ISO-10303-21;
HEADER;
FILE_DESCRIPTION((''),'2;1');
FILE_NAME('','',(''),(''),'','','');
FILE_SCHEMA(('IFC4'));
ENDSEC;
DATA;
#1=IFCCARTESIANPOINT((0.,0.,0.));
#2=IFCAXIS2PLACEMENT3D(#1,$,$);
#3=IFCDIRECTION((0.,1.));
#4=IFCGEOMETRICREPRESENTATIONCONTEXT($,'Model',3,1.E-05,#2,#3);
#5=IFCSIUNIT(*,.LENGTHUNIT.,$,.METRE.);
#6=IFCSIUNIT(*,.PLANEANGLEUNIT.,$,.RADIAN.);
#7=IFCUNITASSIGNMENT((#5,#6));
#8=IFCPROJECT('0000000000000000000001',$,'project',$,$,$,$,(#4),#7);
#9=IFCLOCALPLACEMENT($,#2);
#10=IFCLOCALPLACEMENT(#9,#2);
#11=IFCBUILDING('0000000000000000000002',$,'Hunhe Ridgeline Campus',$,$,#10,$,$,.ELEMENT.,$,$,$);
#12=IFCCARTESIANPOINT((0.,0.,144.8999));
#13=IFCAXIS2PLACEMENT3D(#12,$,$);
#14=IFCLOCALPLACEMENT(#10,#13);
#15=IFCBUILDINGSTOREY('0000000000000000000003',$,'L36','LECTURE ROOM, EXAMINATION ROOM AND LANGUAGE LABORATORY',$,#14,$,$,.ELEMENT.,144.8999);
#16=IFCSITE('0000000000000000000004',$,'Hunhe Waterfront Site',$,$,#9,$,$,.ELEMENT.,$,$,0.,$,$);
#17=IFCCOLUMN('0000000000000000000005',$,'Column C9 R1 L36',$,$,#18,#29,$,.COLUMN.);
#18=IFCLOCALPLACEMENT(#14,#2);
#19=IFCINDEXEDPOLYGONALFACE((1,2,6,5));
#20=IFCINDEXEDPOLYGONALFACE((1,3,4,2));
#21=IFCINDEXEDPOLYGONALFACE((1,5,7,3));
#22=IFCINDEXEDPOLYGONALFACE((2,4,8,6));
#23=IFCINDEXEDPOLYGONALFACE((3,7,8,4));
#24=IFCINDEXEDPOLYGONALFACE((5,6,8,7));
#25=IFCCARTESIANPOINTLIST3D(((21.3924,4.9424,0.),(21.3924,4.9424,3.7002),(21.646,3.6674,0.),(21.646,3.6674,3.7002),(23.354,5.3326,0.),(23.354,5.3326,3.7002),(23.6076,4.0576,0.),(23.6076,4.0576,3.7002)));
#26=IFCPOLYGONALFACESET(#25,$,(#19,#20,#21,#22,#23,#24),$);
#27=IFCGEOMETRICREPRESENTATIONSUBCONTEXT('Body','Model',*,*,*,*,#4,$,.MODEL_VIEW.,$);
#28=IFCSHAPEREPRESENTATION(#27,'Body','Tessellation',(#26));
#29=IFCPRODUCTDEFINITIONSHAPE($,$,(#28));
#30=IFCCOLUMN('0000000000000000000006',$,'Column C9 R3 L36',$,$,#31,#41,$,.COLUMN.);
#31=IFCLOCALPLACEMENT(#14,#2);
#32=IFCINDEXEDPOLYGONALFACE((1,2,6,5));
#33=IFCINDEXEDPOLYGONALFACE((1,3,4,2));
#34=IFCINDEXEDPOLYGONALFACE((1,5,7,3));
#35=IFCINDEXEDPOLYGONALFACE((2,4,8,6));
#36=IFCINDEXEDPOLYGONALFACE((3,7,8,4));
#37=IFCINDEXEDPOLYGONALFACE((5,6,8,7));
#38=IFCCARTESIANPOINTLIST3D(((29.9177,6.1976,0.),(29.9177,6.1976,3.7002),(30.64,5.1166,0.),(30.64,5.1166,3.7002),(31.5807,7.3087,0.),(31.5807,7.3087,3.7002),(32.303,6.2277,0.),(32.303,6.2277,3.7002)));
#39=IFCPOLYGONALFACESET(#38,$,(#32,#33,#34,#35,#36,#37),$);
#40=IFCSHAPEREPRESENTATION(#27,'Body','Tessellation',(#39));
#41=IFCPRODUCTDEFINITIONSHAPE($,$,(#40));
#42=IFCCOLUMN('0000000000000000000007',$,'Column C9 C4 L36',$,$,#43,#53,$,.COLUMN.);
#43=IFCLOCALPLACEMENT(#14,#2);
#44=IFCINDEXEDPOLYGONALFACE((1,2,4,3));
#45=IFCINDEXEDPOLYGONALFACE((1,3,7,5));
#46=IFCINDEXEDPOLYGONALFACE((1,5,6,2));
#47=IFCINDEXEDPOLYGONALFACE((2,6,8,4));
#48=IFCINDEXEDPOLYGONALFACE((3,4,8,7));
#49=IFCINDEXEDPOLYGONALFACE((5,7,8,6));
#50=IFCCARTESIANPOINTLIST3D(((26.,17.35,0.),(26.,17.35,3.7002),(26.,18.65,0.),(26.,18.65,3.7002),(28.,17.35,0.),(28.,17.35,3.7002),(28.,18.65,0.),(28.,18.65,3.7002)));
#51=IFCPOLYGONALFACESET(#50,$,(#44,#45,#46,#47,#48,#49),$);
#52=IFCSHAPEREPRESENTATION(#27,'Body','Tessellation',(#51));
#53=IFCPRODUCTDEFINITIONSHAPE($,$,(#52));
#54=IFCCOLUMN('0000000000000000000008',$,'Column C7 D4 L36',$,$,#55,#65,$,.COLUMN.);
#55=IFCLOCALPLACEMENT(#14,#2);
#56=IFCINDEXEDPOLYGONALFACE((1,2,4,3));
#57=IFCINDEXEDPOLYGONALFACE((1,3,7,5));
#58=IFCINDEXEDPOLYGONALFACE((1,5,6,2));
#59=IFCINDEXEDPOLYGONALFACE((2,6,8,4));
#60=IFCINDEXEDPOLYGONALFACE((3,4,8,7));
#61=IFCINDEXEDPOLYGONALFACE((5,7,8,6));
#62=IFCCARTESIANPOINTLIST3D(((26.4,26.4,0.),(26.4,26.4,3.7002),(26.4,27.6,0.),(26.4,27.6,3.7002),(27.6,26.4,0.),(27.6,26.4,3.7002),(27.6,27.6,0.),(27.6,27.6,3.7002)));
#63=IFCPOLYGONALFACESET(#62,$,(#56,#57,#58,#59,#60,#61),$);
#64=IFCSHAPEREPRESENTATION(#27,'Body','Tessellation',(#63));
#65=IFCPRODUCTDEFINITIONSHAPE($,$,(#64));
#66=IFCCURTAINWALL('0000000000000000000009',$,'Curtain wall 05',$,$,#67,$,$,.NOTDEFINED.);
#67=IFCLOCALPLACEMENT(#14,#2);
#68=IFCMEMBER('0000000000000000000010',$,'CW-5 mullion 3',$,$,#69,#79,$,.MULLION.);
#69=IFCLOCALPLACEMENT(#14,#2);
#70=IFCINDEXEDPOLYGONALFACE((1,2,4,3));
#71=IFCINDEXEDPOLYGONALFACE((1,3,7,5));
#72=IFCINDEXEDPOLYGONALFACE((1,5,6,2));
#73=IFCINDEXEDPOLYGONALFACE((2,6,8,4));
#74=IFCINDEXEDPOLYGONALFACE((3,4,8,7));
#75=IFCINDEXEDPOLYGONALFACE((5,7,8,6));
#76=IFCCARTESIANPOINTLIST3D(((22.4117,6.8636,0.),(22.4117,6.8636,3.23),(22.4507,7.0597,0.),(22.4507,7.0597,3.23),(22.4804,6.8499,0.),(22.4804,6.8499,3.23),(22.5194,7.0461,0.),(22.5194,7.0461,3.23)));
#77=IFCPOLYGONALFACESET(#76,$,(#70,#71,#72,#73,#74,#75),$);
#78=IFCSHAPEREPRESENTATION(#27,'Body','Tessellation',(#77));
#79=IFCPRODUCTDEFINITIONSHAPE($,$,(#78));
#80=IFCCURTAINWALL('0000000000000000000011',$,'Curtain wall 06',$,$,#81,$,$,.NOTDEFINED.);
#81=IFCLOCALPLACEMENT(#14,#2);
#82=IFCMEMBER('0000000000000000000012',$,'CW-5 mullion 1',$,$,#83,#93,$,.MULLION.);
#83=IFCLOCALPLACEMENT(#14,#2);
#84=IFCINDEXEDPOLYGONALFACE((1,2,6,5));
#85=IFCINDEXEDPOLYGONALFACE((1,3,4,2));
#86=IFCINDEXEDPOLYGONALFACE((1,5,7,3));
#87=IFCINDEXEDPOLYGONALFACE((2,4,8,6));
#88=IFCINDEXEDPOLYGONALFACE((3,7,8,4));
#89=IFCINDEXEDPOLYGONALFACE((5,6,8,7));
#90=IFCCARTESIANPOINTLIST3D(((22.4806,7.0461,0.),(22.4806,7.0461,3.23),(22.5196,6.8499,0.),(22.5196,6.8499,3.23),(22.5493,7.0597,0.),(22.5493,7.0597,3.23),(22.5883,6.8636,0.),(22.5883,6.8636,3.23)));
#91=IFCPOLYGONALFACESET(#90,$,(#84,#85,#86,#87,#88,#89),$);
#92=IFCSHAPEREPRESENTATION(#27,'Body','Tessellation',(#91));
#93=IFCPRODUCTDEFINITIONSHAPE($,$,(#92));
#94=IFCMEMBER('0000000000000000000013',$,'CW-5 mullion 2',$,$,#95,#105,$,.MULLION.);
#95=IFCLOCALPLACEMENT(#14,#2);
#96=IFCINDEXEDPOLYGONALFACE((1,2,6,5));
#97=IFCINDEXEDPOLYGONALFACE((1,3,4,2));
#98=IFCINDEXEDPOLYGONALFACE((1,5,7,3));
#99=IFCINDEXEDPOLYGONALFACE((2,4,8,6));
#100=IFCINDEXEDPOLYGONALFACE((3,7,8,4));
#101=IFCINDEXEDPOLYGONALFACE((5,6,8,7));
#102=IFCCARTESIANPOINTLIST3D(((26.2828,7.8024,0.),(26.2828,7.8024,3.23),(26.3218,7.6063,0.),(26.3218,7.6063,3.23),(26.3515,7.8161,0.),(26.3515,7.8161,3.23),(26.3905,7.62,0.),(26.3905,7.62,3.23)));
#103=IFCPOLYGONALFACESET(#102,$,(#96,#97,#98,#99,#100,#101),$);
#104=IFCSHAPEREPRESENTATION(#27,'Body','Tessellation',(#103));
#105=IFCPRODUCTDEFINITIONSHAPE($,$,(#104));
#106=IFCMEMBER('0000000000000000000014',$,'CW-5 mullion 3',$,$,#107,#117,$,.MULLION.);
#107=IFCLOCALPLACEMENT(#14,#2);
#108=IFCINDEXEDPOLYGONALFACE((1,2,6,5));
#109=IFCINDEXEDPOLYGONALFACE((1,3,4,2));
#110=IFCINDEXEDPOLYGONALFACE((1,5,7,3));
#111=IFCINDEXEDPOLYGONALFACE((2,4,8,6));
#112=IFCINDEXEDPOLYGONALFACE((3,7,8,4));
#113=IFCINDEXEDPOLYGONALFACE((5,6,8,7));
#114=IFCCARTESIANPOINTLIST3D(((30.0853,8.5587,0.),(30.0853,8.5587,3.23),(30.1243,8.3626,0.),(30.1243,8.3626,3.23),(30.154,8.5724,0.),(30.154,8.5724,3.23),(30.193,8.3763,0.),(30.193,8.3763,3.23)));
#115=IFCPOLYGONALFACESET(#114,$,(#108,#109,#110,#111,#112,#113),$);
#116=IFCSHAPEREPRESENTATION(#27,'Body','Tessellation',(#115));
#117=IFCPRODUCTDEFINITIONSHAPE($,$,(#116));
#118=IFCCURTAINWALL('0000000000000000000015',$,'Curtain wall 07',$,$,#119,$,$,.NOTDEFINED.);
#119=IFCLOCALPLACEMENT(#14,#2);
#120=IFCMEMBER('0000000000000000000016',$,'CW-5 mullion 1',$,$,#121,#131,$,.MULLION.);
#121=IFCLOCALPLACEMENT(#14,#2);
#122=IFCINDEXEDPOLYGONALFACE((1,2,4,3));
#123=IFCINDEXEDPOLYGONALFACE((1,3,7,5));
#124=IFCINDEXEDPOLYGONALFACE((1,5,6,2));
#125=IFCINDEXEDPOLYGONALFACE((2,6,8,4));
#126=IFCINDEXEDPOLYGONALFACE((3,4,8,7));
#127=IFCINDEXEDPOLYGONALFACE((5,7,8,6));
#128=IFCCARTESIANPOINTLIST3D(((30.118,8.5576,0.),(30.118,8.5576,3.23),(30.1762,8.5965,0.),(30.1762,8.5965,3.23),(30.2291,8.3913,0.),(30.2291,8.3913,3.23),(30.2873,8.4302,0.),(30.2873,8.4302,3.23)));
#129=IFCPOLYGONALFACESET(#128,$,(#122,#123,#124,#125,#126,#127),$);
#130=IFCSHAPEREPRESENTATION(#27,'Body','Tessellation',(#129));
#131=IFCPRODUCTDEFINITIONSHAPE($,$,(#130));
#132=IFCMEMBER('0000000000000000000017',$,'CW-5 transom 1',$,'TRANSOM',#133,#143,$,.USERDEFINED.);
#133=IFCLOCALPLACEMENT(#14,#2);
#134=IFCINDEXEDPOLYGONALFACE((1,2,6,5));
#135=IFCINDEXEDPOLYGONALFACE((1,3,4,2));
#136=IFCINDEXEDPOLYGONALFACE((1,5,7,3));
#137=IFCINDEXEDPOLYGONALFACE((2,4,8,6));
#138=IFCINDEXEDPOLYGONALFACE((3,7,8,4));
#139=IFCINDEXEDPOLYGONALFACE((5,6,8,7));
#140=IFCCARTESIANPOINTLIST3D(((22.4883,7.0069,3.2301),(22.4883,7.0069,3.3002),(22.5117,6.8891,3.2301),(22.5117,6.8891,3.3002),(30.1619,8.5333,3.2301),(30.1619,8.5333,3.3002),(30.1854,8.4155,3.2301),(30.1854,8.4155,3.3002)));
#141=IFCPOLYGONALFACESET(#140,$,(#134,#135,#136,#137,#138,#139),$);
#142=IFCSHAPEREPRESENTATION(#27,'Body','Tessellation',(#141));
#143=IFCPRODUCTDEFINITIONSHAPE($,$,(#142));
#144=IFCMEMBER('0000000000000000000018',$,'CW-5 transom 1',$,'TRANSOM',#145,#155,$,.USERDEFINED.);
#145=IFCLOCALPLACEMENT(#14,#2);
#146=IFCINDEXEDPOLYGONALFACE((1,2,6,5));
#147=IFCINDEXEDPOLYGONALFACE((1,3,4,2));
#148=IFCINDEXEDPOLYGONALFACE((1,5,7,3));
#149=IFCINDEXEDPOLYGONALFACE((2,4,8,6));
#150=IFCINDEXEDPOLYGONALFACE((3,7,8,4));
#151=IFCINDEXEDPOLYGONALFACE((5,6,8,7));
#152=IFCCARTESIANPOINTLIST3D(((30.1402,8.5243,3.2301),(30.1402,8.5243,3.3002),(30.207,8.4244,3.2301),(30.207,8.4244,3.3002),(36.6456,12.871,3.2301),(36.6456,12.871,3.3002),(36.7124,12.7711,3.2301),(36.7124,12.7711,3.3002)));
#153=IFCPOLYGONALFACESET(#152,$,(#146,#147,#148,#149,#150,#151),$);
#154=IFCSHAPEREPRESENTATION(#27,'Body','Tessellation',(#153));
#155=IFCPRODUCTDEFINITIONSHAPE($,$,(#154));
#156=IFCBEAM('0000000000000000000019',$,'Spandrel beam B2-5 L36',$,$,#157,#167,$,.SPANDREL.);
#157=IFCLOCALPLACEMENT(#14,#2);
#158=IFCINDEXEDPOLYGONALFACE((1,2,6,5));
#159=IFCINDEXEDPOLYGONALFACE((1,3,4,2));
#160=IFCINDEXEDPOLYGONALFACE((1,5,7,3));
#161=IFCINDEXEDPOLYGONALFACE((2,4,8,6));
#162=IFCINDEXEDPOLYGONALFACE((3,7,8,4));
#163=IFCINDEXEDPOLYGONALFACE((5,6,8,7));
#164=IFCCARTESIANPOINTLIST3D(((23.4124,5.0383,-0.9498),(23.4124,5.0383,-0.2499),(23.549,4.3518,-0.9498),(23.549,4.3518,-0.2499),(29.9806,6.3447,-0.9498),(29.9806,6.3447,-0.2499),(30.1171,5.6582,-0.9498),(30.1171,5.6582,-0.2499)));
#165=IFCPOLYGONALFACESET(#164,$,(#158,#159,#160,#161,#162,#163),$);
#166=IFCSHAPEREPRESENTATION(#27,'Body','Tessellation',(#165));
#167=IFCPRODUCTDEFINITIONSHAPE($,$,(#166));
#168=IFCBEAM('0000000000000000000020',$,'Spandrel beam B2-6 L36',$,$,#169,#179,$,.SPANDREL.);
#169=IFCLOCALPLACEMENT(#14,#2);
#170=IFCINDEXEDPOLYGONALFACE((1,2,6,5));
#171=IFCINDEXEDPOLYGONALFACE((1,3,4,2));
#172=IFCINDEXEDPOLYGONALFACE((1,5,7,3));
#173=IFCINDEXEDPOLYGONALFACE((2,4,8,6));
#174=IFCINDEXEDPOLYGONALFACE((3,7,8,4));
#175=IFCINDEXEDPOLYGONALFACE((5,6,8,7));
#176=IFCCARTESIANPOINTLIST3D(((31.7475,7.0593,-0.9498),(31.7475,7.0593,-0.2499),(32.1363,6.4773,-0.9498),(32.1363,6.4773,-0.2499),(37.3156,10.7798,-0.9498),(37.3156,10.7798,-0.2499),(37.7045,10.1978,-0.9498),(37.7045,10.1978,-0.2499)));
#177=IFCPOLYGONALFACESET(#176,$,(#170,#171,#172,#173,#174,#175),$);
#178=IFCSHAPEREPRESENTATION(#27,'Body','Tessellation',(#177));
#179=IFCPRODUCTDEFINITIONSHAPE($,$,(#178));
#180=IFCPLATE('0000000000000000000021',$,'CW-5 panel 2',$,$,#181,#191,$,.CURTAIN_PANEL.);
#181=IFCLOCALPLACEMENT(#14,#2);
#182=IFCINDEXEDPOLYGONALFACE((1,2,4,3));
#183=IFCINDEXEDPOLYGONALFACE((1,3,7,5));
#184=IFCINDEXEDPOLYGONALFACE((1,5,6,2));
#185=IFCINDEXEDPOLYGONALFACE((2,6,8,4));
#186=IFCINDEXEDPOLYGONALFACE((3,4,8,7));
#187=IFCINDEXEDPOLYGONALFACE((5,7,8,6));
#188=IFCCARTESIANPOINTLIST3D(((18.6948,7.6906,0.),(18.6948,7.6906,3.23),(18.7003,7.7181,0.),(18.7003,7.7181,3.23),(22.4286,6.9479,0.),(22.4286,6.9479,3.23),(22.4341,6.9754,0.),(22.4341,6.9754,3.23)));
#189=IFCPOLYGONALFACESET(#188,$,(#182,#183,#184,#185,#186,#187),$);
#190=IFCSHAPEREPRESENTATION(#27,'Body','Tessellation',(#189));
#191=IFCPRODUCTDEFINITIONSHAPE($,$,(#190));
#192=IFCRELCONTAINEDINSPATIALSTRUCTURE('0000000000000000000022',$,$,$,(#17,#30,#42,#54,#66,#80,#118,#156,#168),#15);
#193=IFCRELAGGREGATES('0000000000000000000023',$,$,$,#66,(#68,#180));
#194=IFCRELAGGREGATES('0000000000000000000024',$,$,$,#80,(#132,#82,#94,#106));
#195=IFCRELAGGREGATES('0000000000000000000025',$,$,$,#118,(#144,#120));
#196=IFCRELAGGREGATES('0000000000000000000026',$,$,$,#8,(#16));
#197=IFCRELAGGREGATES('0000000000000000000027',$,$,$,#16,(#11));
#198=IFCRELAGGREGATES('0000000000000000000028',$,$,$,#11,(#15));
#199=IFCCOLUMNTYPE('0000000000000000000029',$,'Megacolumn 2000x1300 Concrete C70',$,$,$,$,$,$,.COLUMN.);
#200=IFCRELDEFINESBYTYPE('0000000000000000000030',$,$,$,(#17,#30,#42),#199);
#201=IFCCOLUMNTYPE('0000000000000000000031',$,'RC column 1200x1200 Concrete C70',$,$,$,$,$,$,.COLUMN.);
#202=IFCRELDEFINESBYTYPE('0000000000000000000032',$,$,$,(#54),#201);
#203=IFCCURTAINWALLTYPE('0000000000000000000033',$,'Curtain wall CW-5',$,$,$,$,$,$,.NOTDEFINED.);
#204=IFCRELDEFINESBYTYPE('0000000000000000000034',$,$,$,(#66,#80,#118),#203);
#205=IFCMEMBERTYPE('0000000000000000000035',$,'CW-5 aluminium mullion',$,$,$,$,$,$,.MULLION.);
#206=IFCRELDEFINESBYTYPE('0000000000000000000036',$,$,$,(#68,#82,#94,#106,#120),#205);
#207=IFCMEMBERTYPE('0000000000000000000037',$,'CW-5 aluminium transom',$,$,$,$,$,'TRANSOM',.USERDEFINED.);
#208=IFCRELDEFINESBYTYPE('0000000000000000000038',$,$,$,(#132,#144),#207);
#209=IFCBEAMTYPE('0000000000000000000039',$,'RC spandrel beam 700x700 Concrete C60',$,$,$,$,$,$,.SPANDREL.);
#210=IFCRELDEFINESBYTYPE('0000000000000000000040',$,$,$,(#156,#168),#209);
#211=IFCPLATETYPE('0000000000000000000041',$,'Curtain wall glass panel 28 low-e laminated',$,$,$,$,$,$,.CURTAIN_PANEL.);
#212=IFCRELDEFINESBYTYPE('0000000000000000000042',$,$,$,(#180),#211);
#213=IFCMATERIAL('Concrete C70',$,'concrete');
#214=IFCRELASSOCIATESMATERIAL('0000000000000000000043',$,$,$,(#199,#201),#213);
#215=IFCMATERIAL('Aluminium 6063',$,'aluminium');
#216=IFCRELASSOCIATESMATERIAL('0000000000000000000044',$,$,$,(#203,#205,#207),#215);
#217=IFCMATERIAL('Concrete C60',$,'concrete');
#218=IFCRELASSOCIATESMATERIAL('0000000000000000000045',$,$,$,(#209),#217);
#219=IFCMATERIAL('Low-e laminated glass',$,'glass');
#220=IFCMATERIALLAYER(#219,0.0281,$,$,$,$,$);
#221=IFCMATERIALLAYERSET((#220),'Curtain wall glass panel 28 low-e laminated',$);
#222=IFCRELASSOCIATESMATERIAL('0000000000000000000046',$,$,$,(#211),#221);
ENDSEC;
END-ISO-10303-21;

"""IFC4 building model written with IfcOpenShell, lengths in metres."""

from ifc_helpers import new_model, si_unit, direction, frame, origin, origin_2d, place, context, subcontext, project, spatial, rectangle, extrude, material, layer, layer_set, material_profile, profile_set, type_object, element, aggregate, save


model = new_model("IFC4")

# Units and contexts
model_context = context("Model", 3, precision=1e-05, world=origin(), true_north=direction((0.0, 1.0)))
body_context = subcontext(model_context, "Body", "Model", "MODEL_VIEW")
ifc_project = project(units=[si_unit("LENGTHUNIT", "METRE"), si_unit("PLANEANGLEUNIT", "RADIAN")], contexts=[model_context])

# Site, building, storey
site_placement = place(None, origin())
site = spatial("IfcSite", under=ifc_project, at=site_placement, Name="Hunhe Waterfront Site", CompositionType="ELEMENT", RefElevation=0.0)
building_placement = place(site_placement, origin())
building = spatial("IfcBuilding", under=site, at=building_placement, Name="Hunhe Ridgeline Campus", CompositionType="ELEMENT")
storey_placement = place(building_placement, frame((0.0, 0.0, 144.8999)))
storey = spatial("IfcBuildingStorey", under=building, at=storey_placement, Name="L36", Description="LECTURE ROOM, EXAMINATION ROOM AND LANGUAGE LABORATORY", CompositionType="ELEMENT", Elevation=144.8999)

# Columns
ifc_material_1 = material(Name="Concrete C70", Category="concrete")
ifc_material_profile_1 = material_profile(ifc_material_1, rectangle(XDim=2.0, YDim=1.3, at=origin_2d()))
ifc_profile_set_1 = profile_set([ifc_material_profile_1], Name="Concrete C70")
column_type_1 = type_object("IfcColumnType", Name="Megacolumn 2000x1300 Concrete C70", PredefinedType="COLUMN", material=ifc_profile_set_1)
for number, where, z_axis, x_axis, name in (
    (1, (22.5, 4.5, 0.0), (0.0, 0.0, 1.0), (0.980785, 0.19509, 0.0), "Column C9 R1 L36"),
    (2, (31.1104, 6.2126, 0.0), (0.0, 0.0, 1.0), (0.83147, 0.55557, 0.0), "Column C9 R3 L36"),
    (3, (27.0, 18.0, 0.0), (0.0, 0.0, 1.0), (1.0, 0.0, 0.0), "Column C9 C4 L36"),
):
    element("IfcColumn", number, at=place(storey_placement, frame(where, z_axis=z_axis, x_axis=x_axis)), inside=storey, type_object=column_type_1, Name=name, PredefinedType="COLUMN", context=body_context, shape_type="SweptSolid", body=[
        extrude(rectangle(XDim=2.0, YDim=1.3, at=origin_2d()), origin(), (0.0, 0.0, 1.0), 3.7002),
    ])
ifc_material_profile_2 = material_profile(ifc_material_1, rectangle(XDim=1.2, YDim=1.2, at=origin_2d()))
ifc_profile_set_2 = profile_set([ifc_material_profile_2], Name="Concrete C70")
column_type_2 = type_object("IfcColumnType", Name="RC column 1200x1200 Concrete C70", PredefinedType="COLUMN", material=ifc_profile_set_2)
column_placement = place(storey_placement, frame((27.0, 27.0, 0.0), z_axis=(0.0, 0.0, 1.0), x_axis=(1.0, 0.0, 0.0)))
element("IfcColumn", 4, at=column_placement, inside=storey, type_object=column_type_2, Name="Column C7 D4 L36", PredefinedType="COLUMN", context=body_context, shape_type="SweptSolid", body=[
    extrude(rectangle(XDim=1.2, YDim=1.2, at=origin_2d()), origin(), (0.0, 0.0, 1.0), 3.7002),
])

# Curtain wall, member
ifc_material_2 = material(Name="Aluminium 6063", Category="aluminium")
curtain_wall_type = type_object("IfcCurtainWallType", Name="Curtain wall CW-5", PredefinedType="NOTDEFINED", material=ifc_material_2)
curtain_wall_1_placement = place(storey_placement, origin())
curtain_wall_1 = element("IfcCurtainWall", 5, at=curtain_wall_1_placement, inside=storey, type_object=curtain_wall_type, Name="Curtain wall 05", PredefinedType="NOTDEFINED")
ifc_material_profile_3 = material_profile(ifc_material_2, rectangle(XDim=0.2, YDim=0.0701, at=origin_2d()))
ifc_profile_set_3 = profile_set([ifc_material_profile_3], Name="Aluminium 6063")
member_type_1 = type_object("IfcMemberType", Name="CW-5 aluminium mullion", PredefinedType="MULLION", material=ifc_profile_set_3)
member_1_placement = place(storey_placement, frame((22.4656, 6.9548, 0.0), z_axis=(0.0, 0.0, 1.0), x_axis=(0.19509, 0.980785, 0.0)))
member_1 = element("IfcMember", 6, at=member_1_placement, type_object=member_type_1, Name="CW-5 mullion 3", PredefinedType="MULLION", context=body_context, shape_type="SweptSolid", body=[
    extrude(rectangle(XDim=0.2, YDim=0.0701, at=origin_2d()), origin(), (0.0, 0.0, 1.0), 3.23),
])

# Curtain wall, members
curtain_wall_2_placement = place(storey_placement, origin())
curtain_wall_2 = element("IfcCurtainWall", 7, at=curtain_wall_2_placement, inside=storey, type_object=curtain_wall_type, Name="Curtain wall 06", PredefinedType="NOTDEFINED")
member_2_placement = place(storey_placement, frame((22.5344, 6.9548, 0.0), z_axis=(0.0, 0.0, 1.0), x_axis=(-0.19509, 0.980785, 0.0)))
member_2 = element("IfcMember", 8, at=member_2_placement, type_object=member_type_1, Name="CW-5 mullion 1", PredefinedType="MULLION", context=body_context, shape_type="SweptSolid", body=[
    extrude(rectangle(XDim=0.2, YDim=0.0701, at=origin_2d()), origin(), (0.0, 0.0, 1.0), 3.23),
])
member_3_placement = place(storey_placement, frame((26.3367, 7.7112, 0.0), z_axis=(0.0, 0.0, 1.0), x_axis=(-0.19509, 0.980785, 0.0)))
member_3 = element("IfcMember", 9, at=member_3_placement, type_object=member_type_1, Name="CW-5 mullion 2", PredefinedType="MULLION", context=body_context, shape_type="SweptSolid", body=[
    extrude(rectangle(XDim=0.2, YDim=0.0701, at=origin_2d()), origin(), (0.0, 0.0, 1.0), 3.23),
])
member_4_placement = place(storey_placement, frame((30.1392, 8.4675, 0.0), z_axis=(0.0, 0.0, 1.0), x_axis=(-0.19509, 0.980785, 0.0)))
member_4 = element("IfcMember", 10, at=member_4_placement, type_object=member_type_1, Name="CW-5 mullion 3", PredefinedType="MULLION", context=body_context, shape_type="SweptSolid", body=[
    extrude(rectangle(XDim=0.2, YDim=0.0701, at=origin_2d()), origin(), (0.0, 0.0, 1.0), 3.23),
])

# Curtain wall, member
curtain_wall_3_placement = place(storey_placement, origin())
curtain_wall_3 = element("IfcCurtainWall", 11, at=curtain_wall_3_placement, inside=storey, type_object=curtain_wall_type, Name="Curtain wall 07", PredefinedType="NOTDEFINED")
member_5_placement = place(storey_placement, frame((30.2026, 8.4939, 0.0), z_axis=(0.0, 0.0, 1.0), x_axis=(-0.55557, 0.83147, 0.0)))
member_5 = element("IfcMember", 12, at=member_5_placement, type_object=member_type_1, Name="CW-5 mullion 1", PredefinedType="MULLION", context=body_context, shape_type="SweptSolid", body=[
    extrude(rectangle(XDim=0.2, YDim=0.0701, at=origin_2d()), origin(), (0.0, 0.0, 1.0), 3.23),
])

# Members
ifc_material_profile_4 = material_profile(ifc_material_2, rectangle(XDim=0.1201, YDim=0.0701, at=origin_2d()))
ifc_profile_set_4 = profile_set([ifc_material_profile_4], Name="Aluminium 6063")
member_type_2 = type_object("IfcMemberType", Name="CW-5 aluminium transom", ElementType="TRANSOM", PredefinedType="USERDEFINED", material=ifc_profile_set_4)
member_6_placement = place(storey_placement, frame((22.5, 6.948, 3.2651), z_axis=(0.980785, 0.19509, 0.0), x_axis=(-0.19509, 0.980785, 0.0)))
member_6 = element("IfcMember", 13, at=member_6_placement, type_object=member_type_2, Name="CW-5 transom 1", ObjectType="TRANSOM", PredefinedType="USERDEFINED", context=body_context, shape_type="SweptSolid", body=[
    extrude(rectangle(XDim=0.1201, YDim=0.0701, at=origin_2d()), origin(), (0.0, 0.0, 1.0), 7.824),
])
member_7_placement = place(storey_placement, frame((30.1736, 8.4744, 3.2651), z_axis=(0.831474, 0.555564, 0.0), x_axis=(-0.555564, 0.831474, 0.0)))
member_7 = element("IfcMember", 14, at=member_7_placement, type_object=member_type_2, Name="CW-5 transom 1", ObjectType="TRANSOM", PredefinedType="USERDEFINED", context=body_context, shape_type="SweptSolid", body=[
    extrude(rectangle(XDim=0.1201, YDim=0.0701, at=origin_2d()), origin(), (0.0, 0.0, 1.0), 7.824),
])

# Beams
ifc_material_3 = material(Name="Concrete C60", Category="concrete")
ifc_material_profile_5 = material_profile(ifc_material_3, rectangle(XDim=0.7, YDim=0.7, at=origin_2d()))
ifc_profile_set_5 = profile_set([ifc_material_profile_5], Name="Concrete C60")
beam_type = type_object("IfcBeamType", Name="RC spandrel beam 700x700 Concrete C60", PredefinedType="SPANDREL", material=ifc_profile_set_5)
for number, where, z_axis, x_axis, name in (
    (15, (23.4807, 4.6951, -0.5999), (0.980788, 0.195078, 0.0), (-0.195078, 0.980788, 0.0), "Spandrel beam B2-5 L36"),
    (16, (31.9419, 6.7683, -0.5999), (0.831472, 0.555566, 0.0), (-0.555566, 0.831472, 0.0), "Spandrel beam B2-6 L36"),
):
    element("IfcBeam", number, at=place(storey_placement, frame(where, z_axis=z_axis, x_axis=x_axis)), inside=storey, type_object=beam_type, Name=name, PredefinedType="SPANDREL", context=body_context, shape_type="SweptSolid", body=[
        extrude(rectangle(XDim=0.7, YDim=0.7, at=origin_2d()), origin(), (0.0, 0.0, 1.0), 6.6968),
    ])

# Plate
ifc_material_4 = material(Name="Low-e laminated glass", Category="glass")
ifc_layer_1 = layer(ifc_material_4, 0.0281)
ifc_layer_set_1 = layer_set([ifc_layer_1], Name="Curtain wall glass panel 28 low-e laminated")
plate_type = type_object("IfcPlateType", Name="Curtain wall glass panel 28 low-e laminated", PredefinedType="CURTAIN_PANEL", material=ifc_layer_set_1)
plate_1_placement = place(storey_placement, frame((20.5645, 7.333, 0.0), z_axis=(0.0, 0.0, 1.0), x_axis=(0.980785, -0.19509, 0.0)))
plate_1 = element("IfcPlate", 17, at=plate_1_placement, type_object=plate_type, Name="CW-5 panel 2", PredefinedType="CURTAIN_PANEL", context=body_context, shape_type="SweptSolid", body=[
    extrude(rectangle(XDim=3.8069, YDim=0.0281, at=origin_2d()), origin(), (0.0, 0.0, 1.0), 3.23),
])
aggregate(curtain_wall_1, [member_1, plate_1])
aggregate(curtain_wall_2, [member_6, member_2, member_3, member_4])
aggregate(curtain_wall_3, [member_7, member_5])

save(model, "model.ifc")
